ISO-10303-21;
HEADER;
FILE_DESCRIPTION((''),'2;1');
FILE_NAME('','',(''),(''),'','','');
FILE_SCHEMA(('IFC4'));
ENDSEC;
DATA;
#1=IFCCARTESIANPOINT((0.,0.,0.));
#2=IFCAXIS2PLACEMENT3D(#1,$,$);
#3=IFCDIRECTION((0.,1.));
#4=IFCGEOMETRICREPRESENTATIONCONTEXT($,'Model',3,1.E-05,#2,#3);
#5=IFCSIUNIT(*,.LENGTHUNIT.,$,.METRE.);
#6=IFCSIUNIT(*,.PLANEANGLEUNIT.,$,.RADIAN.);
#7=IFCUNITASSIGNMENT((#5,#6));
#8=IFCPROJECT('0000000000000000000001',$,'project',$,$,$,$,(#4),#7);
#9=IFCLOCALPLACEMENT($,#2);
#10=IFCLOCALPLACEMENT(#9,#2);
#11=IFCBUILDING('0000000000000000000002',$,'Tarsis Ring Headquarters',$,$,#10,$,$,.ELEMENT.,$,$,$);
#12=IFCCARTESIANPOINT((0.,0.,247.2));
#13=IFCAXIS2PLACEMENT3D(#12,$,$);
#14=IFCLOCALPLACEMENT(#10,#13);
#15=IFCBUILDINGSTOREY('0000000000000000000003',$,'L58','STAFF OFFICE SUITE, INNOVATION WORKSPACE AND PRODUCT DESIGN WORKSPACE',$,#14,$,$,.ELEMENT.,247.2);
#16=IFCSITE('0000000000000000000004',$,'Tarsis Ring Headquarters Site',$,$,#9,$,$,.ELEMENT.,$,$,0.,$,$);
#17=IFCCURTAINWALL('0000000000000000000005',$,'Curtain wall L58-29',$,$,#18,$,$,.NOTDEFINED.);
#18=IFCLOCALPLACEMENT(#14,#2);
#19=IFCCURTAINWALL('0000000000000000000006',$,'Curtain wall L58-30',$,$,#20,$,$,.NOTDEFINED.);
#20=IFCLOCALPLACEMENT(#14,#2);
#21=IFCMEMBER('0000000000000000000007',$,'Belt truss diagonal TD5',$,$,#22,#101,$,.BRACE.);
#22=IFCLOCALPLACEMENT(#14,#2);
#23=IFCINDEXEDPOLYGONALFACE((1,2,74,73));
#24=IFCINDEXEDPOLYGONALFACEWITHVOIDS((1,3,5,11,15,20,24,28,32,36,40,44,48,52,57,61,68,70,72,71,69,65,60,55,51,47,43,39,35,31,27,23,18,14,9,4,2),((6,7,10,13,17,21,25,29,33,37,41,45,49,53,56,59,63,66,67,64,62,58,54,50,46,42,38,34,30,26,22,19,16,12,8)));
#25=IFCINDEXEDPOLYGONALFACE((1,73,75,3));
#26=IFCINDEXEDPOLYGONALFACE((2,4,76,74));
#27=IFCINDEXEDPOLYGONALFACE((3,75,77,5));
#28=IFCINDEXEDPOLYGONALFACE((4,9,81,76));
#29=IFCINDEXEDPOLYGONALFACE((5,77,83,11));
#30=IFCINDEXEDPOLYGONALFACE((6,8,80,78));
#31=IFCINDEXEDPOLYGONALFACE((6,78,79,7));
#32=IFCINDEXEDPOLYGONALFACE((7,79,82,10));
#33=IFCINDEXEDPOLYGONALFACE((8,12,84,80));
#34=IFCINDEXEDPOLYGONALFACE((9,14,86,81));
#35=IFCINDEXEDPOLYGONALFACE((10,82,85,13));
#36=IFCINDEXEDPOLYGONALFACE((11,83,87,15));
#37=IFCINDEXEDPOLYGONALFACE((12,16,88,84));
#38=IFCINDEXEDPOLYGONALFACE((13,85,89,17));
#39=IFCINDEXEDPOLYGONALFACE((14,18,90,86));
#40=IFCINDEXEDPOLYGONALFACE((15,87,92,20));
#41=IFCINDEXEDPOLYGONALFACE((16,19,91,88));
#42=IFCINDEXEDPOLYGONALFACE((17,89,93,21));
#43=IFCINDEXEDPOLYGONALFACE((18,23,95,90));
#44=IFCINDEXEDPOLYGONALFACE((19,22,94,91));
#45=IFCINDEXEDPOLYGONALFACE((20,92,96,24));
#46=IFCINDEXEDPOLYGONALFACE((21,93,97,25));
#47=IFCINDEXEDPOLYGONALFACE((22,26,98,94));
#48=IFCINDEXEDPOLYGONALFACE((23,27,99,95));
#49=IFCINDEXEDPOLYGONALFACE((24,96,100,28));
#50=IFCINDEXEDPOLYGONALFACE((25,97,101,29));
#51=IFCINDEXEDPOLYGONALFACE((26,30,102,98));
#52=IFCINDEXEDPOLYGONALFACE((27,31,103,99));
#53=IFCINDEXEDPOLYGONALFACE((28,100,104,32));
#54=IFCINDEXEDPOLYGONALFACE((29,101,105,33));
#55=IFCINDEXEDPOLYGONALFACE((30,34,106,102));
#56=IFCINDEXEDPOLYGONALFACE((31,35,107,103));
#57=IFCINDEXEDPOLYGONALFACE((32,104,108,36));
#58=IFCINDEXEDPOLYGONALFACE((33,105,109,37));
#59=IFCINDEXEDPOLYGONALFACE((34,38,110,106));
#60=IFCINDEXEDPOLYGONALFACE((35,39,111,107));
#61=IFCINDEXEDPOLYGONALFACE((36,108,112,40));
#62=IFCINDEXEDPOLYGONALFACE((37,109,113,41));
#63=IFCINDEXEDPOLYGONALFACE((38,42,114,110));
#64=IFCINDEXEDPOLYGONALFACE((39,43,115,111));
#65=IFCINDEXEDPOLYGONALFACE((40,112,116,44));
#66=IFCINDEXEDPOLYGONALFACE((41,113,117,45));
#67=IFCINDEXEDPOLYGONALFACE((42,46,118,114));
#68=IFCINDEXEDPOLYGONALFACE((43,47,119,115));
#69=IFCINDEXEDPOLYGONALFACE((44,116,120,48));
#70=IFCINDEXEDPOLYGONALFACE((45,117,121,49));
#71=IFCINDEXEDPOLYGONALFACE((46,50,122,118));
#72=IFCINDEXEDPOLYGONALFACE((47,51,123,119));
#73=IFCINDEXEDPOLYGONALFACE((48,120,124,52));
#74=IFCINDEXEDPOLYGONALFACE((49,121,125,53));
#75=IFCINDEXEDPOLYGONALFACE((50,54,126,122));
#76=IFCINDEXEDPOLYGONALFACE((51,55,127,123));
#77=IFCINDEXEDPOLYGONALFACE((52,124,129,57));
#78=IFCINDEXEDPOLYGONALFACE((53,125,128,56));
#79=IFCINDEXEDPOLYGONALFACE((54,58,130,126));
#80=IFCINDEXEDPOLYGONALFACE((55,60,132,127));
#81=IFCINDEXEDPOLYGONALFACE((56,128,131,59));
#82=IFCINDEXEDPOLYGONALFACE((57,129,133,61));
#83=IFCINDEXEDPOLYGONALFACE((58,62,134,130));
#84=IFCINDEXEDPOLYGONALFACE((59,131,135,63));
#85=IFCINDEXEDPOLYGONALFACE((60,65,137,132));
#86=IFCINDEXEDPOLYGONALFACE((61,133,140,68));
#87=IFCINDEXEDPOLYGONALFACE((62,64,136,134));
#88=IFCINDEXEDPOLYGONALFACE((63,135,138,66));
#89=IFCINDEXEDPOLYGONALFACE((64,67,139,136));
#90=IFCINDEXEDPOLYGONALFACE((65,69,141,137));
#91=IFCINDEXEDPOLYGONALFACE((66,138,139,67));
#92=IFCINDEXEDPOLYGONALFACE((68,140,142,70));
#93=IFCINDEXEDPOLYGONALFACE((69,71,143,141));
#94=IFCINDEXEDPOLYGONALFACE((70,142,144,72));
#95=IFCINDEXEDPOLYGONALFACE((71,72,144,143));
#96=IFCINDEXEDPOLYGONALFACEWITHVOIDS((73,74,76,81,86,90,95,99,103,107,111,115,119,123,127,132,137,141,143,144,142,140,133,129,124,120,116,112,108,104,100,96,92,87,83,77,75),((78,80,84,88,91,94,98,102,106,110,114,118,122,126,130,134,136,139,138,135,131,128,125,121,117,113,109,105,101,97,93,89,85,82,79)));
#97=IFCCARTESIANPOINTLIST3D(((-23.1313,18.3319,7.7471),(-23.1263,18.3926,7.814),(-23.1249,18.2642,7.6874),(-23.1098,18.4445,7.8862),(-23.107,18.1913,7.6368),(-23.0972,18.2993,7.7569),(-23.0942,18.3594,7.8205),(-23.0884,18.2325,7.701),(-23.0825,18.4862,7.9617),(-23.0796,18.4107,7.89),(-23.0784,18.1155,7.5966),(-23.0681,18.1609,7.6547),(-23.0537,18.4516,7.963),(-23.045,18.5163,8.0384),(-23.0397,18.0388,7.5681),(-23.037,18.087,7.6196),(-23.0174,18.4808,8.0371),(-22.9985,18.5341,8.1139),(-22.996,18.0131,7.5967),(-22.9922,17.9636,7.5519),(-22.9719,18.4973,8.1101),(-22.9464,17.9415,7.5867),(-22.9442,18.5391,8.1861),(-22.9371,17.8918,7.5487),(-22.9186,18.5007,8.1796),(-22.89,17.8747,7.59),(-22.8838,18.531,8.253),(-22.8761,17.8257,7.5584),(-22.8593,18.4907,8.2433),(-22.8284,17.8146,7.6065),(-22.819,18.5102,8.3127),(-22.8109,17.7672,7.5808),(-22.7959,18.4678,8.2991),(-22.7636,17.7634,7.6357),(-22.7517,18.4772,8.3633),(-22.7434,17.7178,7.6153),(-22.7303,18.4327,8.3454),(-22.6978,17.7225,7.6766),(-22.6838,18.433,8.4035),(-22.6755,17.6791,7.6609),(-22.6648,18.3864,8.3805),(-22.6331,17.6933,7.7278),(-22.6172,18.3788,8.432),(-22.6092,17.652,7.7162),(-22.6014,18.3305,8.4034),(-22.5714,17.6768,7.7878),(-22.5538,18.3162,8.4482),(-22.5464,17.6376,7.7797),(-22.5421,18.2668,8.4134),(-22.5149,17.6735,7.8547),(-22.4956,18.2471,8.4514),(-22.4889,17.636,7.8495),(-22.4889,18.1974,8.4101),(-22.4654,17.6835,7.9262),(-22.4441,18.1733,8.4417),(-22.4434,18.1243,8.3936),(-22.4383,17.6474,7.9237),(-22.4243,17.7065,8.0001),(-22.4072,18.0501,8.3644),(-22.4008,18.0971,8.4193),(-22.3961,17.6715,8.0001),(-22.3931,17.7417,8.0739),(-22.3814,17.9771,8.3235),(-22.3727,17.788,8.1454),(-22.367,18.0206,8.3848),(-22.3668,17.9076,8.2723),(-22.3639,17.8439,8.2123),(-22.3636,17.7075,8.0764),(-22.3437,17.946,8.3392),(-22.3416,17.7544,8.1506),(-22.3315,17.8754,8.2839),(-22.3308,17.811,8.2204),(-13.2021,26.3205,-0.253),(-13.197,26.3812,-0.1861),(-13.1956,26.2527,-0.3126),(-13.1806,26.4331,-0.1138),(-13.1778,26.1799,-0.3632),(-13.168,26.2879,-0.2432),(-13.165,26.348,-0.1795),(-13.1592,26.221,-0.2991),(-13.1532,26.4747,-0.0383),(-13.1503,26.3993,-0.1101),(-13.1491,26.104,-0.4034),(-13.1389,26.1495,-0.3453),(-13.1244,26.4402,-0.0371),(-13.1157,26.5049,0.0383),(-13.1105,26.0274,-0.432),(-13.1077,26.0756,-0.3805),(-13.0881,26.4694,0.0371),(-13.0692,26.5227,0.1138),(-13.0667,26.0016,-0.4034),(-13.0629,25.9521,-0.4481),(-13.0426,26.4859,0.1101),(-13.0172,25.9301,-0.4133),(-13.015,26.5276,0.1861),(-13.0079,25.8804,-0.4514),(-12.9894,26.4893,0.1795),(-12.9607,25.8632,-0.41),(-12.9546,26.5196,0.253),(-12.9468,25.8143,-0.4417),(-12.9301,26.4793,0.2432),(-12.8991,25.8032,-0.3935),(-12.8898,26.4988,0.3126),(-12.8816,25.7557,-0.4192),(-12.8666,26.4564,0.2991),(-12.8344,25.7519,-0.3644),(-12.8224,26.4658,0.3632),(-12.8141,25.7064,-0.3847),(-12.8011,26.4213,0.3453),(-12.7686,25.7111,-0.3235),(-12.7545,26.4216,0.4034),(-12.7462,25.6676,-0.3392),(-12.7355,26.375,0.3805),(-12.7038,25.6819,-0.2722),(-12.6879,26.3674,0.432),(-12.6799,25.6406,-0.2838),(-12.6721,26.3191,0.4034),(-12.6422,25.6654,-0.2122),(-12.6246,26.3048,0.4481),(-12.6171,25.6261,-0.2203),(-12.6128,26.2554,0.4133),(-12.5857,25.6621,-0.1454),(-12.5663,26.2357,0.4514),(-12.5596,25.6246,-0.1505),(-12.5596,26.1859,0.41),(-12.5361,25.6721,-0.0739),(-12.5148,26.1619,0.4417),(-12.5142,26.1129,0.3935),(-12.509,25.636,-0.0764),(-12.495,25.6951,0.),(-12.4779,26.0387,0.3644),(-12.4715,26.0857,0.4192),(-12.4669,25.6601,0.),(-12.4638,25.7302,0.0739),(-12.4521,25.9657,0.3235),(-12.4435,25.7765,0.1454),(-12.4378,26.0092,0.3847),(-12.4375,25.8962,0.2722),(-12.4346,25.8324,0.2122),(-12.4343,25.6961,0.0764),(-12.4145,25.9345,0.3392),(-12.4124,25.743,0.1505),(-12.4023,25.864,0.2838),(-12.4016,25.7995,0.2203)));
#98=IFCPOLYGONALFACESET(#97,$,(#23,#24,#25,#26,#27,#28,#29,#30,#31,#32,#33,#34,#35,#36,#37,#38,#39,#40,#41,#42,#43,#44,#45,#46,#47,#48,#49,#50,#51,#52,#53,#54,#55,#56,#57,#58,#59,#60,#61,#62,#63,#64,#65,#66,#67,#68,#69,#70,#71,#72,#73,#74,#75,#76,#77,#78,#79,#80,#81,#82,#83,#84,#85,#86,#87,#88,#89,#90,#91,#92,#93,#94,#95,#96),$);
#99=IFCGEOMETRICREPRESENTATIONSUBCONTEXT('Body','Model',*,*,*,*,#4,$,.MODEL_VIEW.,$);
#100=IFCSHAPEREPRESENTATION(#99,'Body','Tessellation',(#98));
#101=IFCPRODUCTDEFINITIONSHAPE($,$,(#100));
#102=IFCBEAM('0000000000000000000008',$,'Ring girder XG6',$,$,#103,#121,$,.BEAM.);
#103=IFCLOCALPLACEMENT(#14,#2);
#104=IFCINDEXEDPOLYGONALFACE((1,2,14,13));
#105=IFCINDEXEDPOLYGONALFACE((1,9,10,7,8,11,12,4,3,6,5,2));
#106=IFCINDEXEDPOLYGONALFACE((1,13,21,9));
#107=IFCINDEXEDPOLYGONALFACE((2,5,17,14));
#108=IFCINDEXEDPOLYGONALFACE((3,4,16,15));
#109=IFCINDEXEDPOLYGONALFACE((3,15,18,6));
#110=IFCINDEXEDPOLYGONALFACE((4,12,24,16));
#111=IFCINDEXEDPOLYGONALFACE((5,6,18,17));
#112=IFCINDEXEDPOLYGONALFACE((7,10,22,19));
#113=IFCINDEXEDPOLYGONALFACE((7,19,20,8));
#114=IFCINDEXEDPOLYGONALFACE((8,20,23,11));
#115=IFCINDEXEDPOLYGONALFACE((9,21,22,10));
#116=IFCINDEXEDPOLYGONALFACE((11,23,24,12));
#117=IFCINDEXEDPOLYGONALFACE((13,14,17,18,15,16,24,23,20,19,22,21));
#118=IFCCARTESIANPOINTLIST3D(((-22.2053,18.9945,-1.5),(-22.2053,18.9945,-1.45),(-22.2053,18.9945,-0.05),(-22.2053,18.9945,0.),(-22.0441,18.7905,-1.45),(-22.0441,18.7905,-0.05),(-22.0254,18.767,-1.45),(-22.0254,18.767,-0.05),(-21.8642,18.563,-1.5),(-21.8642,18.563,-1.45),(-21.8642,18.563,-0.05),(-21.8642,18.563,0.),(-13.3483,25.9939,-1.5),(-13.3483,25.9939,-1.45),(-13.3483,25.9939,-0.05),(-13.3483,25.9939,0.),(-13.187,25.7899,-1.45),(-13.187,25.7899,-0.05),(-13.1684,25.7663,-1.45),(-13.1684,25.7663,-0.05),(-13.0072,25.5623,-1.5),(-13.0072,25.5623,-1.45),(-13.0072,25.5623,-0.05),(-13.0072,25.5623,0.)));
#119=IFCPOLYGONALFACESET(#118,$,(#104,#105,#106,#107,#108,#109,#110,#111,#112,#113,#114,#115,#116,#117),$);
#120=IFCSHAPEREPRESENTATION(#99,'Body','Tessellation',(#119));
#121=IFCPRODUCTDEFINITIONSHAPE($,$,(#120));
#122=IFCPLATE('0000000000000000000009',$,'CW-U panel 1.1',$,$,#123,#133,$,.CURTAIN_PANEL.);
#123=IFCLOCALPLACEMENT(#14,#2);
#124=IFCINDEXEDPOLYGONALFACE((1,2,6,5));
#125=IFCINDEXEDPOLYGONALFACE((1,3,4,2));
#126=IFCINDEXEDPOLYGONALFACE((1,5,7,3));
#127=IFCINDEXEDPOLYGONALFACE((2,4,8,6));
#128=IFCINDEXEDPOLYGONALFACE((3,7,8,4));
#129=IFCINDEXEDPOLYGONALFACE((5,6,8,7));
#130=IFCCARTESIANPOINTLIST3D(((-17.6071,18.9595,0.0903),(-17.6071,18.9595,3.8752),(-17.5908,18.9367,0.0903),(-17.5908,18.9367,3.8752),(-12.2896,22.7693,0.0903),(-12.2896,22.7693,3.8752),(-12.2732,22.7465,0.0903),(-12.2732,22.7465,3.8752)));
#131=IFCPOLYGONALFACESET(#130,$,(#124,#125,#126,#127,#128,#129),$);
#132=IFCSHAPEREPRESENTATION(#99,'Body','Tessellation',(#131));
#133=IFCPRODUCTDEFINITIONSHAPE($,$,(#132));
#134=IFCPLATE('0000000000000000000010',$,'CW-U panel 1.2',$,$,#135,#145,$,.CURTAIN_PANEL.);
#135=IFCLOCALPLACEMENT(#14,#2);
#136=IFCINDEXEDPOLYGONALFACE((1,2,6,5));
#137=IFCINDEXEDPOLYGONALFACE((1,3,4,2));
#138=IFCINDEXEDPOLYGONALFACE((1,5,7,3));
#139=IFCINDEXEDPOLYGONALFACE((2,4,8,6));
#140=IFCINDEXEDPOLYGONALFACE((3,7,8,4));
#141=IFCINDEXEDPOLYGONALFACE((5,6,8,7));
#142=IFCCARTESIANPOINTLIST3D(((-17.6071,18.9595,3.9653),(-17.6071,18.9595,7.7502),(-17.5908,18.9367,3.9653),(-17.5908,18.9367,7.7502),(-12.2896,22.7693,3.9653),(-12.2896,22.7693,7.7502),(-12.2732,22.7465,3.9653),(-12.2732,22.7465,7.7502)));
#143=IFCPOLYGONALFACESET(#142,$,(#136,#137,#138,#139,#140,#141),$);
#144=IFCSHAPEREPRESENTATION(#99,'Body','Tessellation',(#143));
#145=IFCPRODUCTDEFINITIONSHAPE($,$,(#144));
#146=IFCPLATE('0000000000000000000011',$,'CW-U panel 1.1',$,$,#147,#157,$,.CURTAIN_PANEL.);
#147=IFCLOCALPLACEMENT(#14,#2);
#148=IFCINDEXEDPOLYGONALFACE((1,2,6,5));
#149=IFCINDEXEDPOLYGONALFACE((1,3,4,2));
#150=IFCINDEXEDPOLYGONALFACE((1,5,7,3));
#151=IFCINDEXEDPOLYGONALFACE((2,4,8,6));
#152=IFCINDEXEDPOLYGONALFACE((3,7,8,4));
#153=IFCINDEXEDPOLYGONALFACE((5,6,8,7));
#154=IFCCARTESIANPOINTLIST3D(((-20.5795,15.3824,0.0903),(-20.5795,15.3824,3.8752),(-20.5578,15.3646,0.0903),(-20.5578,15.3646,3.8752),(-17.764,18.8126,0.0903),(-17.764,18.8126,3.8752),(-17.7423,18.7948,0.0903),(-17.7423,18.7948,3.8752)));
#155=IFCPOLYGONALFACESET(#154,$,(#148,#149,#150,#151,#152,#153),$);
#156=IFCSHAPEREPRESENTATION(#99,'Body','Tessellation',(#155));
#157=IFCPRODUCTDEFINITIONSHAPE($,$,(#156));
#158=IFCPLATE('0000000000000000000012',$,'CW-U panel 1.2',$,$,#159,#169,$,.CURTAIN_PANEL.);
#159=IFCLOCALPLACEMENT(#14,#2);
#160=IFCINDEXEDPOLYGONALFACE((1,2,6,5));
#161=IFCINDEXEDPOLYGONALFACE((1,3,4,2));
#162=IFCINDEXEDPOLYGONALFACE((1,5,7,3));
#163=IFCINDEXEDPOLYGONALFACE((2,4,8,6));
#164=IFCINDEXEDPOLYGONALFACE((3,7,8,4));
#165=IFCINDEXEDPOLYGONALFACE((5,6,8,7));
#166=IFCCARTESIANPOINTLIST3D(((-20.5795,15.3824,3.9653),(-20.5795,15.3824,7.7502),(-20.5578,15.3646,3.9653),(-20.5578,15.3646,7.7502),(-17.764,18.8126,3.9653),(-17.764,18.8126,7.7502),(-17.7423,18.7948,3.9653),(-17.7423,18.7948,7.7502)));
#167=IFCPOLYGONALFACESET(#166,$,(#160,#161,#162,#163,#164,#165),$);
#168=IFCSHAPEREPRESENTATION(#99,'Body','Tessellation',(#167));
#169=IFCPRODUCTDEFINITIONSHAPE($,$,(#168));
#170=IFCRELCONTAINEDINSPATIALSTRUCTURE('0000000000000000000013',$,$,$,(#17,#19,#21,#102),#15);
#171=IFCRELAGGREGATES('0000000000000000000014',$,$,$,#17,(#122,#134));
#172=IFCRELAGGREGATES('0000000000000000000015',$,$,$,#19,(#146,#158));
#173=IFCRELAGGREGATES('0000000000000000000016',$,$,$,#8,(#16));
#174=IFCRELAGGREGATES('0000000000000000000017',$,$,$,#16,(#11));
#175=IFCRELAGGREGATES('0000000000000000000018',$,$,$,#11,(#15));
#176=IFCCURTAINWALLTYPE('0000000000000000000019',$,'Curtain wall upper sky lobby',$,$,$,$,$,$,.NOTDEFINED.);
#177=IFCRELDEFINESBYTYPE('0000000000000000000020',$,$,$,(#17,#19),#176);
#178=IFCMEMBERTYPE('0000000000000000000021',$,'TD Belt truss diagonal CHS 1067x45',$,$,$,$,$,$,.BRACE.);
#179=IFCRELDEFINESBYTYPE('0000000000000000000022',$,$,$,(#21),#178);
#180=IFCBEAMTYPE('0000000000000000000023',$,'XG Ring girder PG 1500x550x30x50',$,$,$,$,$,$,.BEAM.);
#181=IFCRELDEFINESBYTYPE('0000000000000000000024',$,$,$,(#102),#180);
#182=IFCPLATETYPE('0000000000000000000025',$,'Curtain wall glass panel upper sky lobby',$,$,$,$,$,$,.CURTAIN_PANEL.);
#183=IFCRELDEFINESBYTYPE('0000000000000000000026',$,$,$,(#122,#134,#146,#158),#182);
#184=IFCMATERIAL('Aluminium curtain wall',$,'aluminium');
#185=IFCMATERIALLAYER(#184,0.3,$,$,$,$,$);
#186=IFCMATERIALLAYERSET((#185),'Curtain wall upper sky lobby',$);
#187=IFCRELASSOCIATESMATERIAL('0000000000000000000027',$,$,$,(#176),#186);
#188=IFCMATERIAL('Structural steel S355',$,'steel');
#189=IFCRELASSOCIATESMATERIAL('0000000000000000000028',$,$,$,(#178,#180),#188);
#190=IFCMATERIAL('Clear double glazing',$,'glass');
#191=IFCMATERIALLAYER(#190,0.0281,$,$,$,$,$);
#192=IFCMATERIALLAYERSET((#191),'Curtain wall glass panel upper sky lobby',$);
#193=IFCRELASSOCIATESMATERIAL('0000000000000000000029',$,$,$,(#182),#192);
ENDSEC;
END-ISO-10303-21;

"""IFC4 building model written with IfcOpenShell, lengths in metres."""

from ifc_helpers import new_model, si_unit, direction, frame, origin, origin_2d, place, context, subcontext, project, spatial, rectangle, hollow_circle, i_section, extrude, material, layer, layer_set, material_profile, profile_set, type_object, element, aggregate, save


model = new_model("IFC4")

# Units and contexts
model_context = context("Model", 3, precision=1e-05, world=origin(), true_north=direction((0.0, 1.0)))
body_context = subcontext(model_context, "Body", "Model", "MODEL_VIEW")
ifc_project = project(units=[si_unit("LENGTHUNIT", "METRE"), si_unit("PLANEANGLEUNIT", "RADIAN")], contexts=[model_context])

# Site, building, storey
site_placement = place(None, origin())
site = spatial("IfcSite", under=ifc_project, at=site_placement, Name="Tarsis Ring Headquarters Site", CompositionType="ELEMENT", RefElevation=0.0)
building_placement = place(site_placement, origin())
building = spatial("IfcBuilding", under=site, at=building_placement, Name="Tarsis Ring Headquarters", CompositionType="ELEMENT")
storey_placement = place(building_placement, frame((0.0, 0.0, 247.2)))
storey = spatial("IfcBuildingStorey", under=building, at=storey_placement, Name="L58", Description="STAFF OFFICE SUITE, INNOVATION WORKSPACE AND PRODUCT DESIGN WORKSPACE", CompositionType="ELEMENT", Elevation=247.2)

# Shared definitions
ifc_material_1 = material(Name="Structural steel S355", Category="steel")
ifc_material_profile_1 = material_profile(ifc_material_1, hollow_circle(Radius=0.5334, WallThickness=0.0449, at=origin_2d()), Name="CHS 1067x45")
ifc_profile_set_1 = profile_set([ifc_material_profile_1], Name="Structural steel S355")

# Curtain wall
ifc_material_2 = material(Name="Aluminium curtain wall", Category="aluminium")
ifc_layer_1 = layer(ifc_material_2, 0.3)
ifc_layer_set_1 = layer_set([ifc_layer_1], Name="Curtain wall upper sky lobby")
curtain_wall_type = type_object("IfcCurtainWallType", Name="Curtain wall upper sky lobby", PredefinedType="NOTDEFINED", material=ifc_layer_set_1)
curtain_wall_1_placement = place(storey_placement, origin())
curtain_wall_1 = element("IfcCurtainWall", 1, at=curtain_wall_1_placement, inside=storey, type_object=curtain_wall_type, Name="Curtain wall L58-29", PredefinedType="NOTDEFINED")

# Curtain wall
curtain_wall_2_placement = place(storey_placement, origin())
curtain_wall_2 = element("IfcCurtainWall", 2, at=curtain_wall_2_placement, inside=storey, type_object=curtain_wall_type, Name="Curtain wall L58-30", PredefinedType="NOTDEFINED")

# Member
member_type_1 = type_object("IfcMemberType", Name="TD Belt truss diagonal CHS 1067x45", PredefinedType="BRACE", material=ifc_profile_set_1)
member_1_placement = place(storey_placement, frame((-12.8013, 26.0757, 0.0), z_axis=(-0.659889, -0.530913, 0.531675), x_axis=(0.626854, -0.779137, 0.0)))
element("IfcMember", 3, at=member_1_placement, inside=storey, type_object=member_type_1, Name="Belt truss diagonal TD5", PredefinedType="BRACE", context=body_context, shape_type="SweptSolid", body=[
    extrude(hollow_circle(Radius=0.5334, WallThickness=0.0449, at=origin_2d()), origin(), (0.0, 0.0, 1.0), 15.0469),
])

# Beam
ifc_material_profile_2 = material_profile(ifc_material_1, i_section(OverallWidth=0.55, OverallDepth=1.5, WebThickness=0.03, FlangeThickness=0.05, at=origin_2d()), Name="PG 1500x550x30x50")
ifc_profile_set_2 = profile_set([ifc_material_profile_2], Name="Structural steel S355")
beam_type_1 = type_object("IfcBeamType", Name="XG Ring girder PG 1500x550x30x50", PredefinedType="BEAM", material=ifc_profile_set_2)
beam_1_placement = place(storey_placement, frame((-13.1777, 25.7781, -0.75), z_axis=(-0.784583, -0.620024, 0.0), x_axis=(0.620024, -0.784583, 0.0)))
element("IfcBeam", 4, at=beam_1_placement, inside=storey, type_object=beam_type_1, Name="Ring girder XG6", PredefinedType="BEAM", context=body_context, shape_type="SweptSolid", body=[
    extrude(i_section(OverallWidth=0.55, OverallDepth=1.5, WebThickness=0.03, FlangeThickness=0.05, at=origin_2d()), origin(), (0.0, 0.0, 1.0), 11.2888),
])

# Plates
ifc_material_3 = material(Name="Clear double glazing", Category="glass")
ifc_layer_2 = layer(ifc_material_3, 0.0281)
ifc_layer_set_2 = layer_set([ifc_layer_2], Name="Curtain wall glass panel upper sky lobby")
plate_type = type_object("IfcPlateType", Name="Curtain wall glass panel upper sky lobby", PredefinedType="CURTAIN_PANEL", material=ifc_layer_set_2)
plate_1_placement = place(storey_placement, frame((-14.9402, 20.853, 0.0903), z_axis=(0.0, 0.0, 1.0), x_axis=(-0.812898, -0.582407, 0.0)))
plate_1 = element("IfcPlate", 5, at=plate_1_placement, type_object=plate_type, Name="CW-U panel 1.1", PredefinedType="CURTAIN_PANEL", context=body_context, shape_type="SweptSolid", body=[
    extrude(rectangle(XDim=6.5415, YDim=0.0281, at=origin_2d()), origin(), (0.0, 0.0, 1.0), 3.7849),
])
plate_2_placement = place(storey_placement, frame((-14.9402, 20.853, 3.9653), z_axis=(0.0, 0.0, 1.0), x_axis=(-0.812898, -0.582407, 0.0)))
plate_2 = element("IfcPlate", 6, at=plate_2_placement, type_object=plate_type, Name="CW-U panel 1.2", PredefinedType="CURTAIN_PANEL", context=body_context, shape_type="SweptSolid", body=[
    extrude(rectangle(XDim=6.5415, YDim=0.0281, at=origin_2d()), origin(), (0.0, 0.0, 1.0), 3.7849),
])
aggregate(curtain_wall_1, [plate_1, plate_2])
plate_3_placement = place(storey_placement, frame((-19.1609, 17.0886, 0.0903), z_axis=(0.0, 0.0, 1.0), x_axis=(-0.634461, -0.772955, 0.0)))
plate_3 = element("IfcPlate", 7, at=plate_3_placement, type_object=plate_type, Name="CW-U panel 1.1", PredefinedType="CURTAIN_PANEL", context=body_context, shape_type="SweptSolid", body=[
    extrude(rectangle(XDim=4.4377, YDim=0.0281, at=origin_2d()), origin(), (0.0, 0.0, 1.0), 3.7849),
])
plate_4_placement = place(storey_placement, frame((-19.1609, 17.0886, 3.9653), z_axis=(0.0, 0.0, 1.0), x_axis=(-0.634461, -0.772955, 0.0)))
plate_4 = element("IfcPlate", 8, at=plate_4_placement, type_object=plate_type, Name="CW-U panel 1.2", PredefinedType="CURTAIN_PANEL", context=body_context, shape_type="SweptSolid", body=[
    extrude(rectangle(XDim=4.4377, YDim=0.0281, at=origin_2d()), origin(), (0.0, 0.0, 1.0), 3.7849),
])
aggregate(curtain_wall_2, [plate_3, plate_4])

save(model, "model.ifc")
